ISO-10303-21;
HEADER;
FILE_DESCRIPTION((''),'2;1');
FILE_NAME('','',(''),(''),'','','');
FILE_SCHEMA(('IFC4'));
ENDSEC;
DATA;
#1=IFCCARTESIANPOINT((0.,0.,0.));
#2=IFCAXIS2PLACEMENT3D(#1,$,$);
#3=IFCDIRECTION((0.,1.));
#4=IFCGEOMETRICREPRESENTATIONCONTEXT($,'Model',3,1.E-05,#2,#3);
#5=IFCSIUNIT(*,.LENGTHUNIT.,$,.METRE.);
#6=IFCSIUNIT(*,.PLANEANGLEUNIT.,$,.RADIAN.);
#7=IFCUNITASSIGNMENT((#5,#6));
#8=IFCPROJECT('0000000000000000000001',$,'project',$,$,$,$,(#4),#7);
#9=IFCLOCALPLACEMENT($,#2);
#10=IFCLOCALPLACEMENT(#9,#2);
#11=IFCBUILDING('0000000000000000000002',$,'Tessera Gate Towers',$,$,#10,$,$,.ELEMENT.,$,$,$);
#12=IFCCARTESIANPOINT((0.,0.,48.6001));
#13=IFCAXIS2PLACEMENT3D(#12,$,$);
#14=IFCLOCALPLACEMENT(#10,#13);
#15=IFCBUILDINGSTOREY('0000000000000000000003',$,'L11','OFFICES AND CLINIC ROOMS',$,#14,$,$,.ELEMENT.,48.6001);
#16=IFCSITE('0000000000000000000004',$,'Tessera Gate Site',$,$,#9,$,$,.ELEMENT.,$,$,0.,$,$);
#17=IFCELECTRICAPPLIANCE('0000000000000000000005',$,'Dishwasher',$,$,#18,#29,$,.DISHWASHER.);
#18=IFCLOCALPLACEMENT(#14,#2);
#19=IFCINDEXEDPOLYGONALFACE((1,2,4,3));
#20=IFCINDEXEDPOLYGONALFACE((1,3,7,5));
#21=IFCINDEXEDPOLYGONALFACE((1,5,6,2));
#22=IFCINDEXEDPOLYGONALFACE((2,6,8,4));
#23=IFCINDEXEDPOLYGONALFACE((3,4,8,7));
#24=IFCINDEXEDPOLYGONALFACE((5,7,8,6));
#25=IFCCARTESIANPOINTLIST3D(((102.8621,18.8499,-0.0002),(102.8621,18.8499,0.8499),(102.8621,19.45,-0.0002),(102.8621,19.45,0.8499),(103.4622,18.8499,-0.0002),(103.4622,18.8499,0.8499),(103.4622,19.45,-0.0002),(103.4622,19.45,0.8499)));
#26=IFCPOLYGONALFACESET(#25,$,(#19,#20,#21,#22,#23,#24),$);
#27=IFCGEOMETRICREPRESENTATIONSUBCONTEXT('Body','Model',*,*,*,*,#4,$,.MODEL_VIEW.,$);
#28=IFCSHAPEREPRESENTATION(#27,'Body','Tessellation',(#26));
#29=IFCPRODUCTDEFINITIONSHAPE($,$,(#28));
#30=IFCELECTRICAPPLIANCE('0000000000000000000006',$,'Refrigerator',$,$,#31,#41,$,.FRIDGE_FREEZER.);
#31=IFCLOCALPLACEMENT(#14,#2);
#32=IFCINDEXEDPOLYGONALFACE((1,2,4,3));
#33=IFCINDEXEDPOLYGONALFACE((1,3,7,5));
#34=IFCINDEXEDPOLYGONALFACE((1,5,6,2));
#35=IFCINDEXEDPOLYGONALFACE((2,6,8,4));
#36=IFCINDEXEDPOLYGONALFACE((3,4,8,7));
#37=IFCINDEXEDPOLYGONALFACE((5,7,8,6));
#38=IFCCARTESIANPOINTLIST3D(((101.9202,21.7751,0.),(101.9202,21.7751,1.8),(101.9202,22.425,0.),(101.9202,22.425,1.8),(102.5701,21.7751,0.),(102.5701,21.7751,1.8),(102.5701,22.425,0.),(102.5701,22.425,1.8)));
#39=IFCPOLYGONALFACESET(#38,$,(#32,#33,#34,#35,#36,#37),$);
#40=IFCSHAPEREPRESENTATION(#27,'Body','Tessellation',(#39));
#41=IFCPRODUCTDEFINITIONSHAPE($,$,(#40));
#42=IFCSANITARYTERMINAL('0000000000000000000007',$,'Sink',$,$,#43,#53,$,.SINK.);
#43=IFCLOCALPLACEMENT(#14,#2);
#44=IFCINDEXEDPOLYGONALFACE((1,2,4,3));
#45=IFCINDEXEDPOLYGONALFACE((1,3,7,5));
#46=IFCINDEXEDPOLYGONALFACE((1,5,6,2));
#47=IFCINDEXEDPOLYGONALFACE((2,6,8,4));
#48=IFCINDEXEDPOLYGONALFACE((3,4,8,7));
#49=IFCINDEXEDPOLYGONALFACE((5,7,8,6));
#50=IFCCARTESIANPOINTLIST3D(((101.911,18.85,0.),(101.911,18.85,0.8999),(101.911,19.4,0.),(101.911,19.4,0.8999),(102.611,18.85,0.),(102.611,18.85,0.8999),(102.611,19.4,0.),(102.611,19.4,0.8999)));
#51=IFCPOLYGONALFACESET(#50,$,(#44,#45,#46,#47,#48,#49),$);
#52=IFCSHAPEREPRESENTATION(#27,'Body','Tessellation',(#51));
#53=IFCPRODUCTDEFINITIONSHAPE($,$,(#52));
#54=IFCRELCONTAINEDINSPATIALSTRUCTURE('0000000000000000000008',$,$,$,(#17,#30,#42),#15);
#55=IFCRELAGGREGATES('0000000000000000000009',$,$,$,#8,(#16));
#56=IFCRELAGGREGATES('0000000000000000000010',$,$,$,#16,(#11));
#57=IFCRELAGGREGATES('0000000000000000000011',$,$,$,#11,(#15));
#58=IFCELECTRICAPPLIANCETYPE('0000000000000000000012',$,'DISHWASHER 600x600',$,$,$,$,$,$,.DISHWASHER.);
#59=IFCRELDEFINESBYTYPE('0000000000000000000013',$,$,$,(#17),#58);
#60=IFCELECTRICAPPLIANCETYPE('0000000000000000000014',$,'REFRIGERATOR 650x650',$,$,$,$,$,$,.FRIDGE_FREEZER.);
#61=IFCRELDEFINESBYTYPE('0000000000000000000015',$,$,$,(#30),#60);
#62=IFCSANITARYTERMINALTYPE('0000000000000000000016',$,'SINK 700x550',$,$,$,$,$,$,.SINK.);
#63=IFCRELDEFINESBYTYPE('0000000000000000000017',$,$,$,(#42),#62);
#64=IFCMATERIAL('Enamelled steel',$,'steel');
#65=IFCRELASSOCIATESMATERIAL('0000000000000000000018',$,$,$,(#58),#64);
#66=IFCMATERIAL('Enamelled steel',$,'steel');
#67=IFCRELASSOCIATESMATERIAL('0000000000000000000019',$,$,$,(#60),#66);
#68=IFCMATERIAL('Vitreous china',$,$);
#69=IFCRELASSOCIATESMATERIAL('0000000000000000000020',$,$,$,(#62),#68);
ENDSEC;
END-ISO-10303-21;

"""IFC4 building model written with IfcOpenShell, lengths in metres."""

from ifc_helpers import new_model, si_unit, direction, frame, origin, origin_2d, place, context, subcontext, project, spatial, rectangle, extrude, material, type_object, element, save


model = new_model("IFC4")

# Units and contexts
model_context = context("Model", 3, precision=1e-05, world=origin(), true_north=direction((0.0, 1.0)))
body_context = subcontext(model_context, "Body", "Model", "MODEL_VIEW")
ifc_project = project(units=[si_unit("LENGTHUNIT", "METRE"), si_unit("PLANEANGLEUNIT", "RADIAN")], contexts=[model_context])

# Site, building, storey
site_placement = place(None, origin())
site = spatial("IfcSite", under=ifc_project, at=site_placement, Name="Tessera Gate Site", CompositionType="ELEMENT", RefElevation=0.0)
building_placement = place(site_placement, origin())
building = spatial("IfcBuilding", under=site, at=building_placement, Name="Tessera Gate Towers", CompositionType="ELEMENT")
storey_placement = place(building_placement, frame((0.0, 0.0, 48.6001)))
storey = spatial("IfcBuildingStorey", under=building, at=storey_placement, Name="L11", Description="OFFICES AND CLINIC ROOMS", CompositionType="ELEMENT", Elevation=48.6001)

# Electric appliances
ifc_material_1 = material(Name="Enamelled steel", Category="steel")
electric_appliance_type_1 = type_object("IfcElectricApplianceType", Name="DISHWASHER 600x600", PredefinedType="DISHWASHER", material=ifc_material_1)
electric_appliance_1_placement = place(storey_placement, frame((103.1621, 19.1499, -0.0002), z_axis=(0.0, 0.0, 1.0), x_axis=(1.0, 0.0, 0.0)))
element("IfcElectricAppliance", 1, at=electric_appliance_1_placement, inside=storey, type_object=electric_appliance_type_1, Name="Dishwasher", PredefinedType="DISHWASHER", context=body_context, shape_type="SweptSolid", body=[
    extrude(rectangle(XDim=0.6001, YDim=0.6001, at=origin_2d()), origin(), (0.0, 0.0, 1.0), 0.8501),
])
ifc_material_2 = material(Name="Enamelled steel", Category="steel")
electric_appliance_type_2 = type_object("IfcElectricApplianceType", Name="REFRIGERATOR 650x650", PredefinedType="FRIDGE_FREEZER", material=ifc_material_2)
electric_appliance_2_placement = place(storey_placement, frame((102.2451, 22.1001, 0.0), z_axis=(0.0, 0.0, 1.0), x_axis=(1.0, 0.0, 0.0)))
element("IfcElectricAppliance", 2, at=electric_appliance_2_placement, inside=storey, type_object=electric_appliance_type_2, Name="Refrigerator", PredefinedType="FRIDGE_FREEZER", context=body_context, shape_type="SweptSolid", body=[
    extrude(rectangle(XDim=0.6499, YDim=0.6499, at=origin_2d()), origin(), (0.0, 0.0, 1.0), 1.8),
])

# Sanitary terminal
ifc_material_3 = material(Name="Vitreous china")
sanitary_terminal_type = type_object("IfcSanitaryTerminalType", Name="SINK 700x550", PredefinedType="SINK", material=ifc_material_3)
sanitary_terminal_placement = place(storey_placement, frame((102.261, 19.125, 0.0), z_axis=(0.0, 0.0, 1.0), x_axis=(1.0, 0.0, 0.0)))
element("IfcSanitaryTerminal", 3, at=sanitary_terminal_placement, inside=storey, type_object=sanitary_terminal_type, Name="Sink", PredefinedType="SINK", context=body_context, shape_type="SweptSolid", body=[
    extrude(rectangle(XDim=0.7, YDim=0.55, at=origin_2d()), origin(), (0.0, 0.0, 1.0), 0.8999),
])

save(model, "model.ifc")
